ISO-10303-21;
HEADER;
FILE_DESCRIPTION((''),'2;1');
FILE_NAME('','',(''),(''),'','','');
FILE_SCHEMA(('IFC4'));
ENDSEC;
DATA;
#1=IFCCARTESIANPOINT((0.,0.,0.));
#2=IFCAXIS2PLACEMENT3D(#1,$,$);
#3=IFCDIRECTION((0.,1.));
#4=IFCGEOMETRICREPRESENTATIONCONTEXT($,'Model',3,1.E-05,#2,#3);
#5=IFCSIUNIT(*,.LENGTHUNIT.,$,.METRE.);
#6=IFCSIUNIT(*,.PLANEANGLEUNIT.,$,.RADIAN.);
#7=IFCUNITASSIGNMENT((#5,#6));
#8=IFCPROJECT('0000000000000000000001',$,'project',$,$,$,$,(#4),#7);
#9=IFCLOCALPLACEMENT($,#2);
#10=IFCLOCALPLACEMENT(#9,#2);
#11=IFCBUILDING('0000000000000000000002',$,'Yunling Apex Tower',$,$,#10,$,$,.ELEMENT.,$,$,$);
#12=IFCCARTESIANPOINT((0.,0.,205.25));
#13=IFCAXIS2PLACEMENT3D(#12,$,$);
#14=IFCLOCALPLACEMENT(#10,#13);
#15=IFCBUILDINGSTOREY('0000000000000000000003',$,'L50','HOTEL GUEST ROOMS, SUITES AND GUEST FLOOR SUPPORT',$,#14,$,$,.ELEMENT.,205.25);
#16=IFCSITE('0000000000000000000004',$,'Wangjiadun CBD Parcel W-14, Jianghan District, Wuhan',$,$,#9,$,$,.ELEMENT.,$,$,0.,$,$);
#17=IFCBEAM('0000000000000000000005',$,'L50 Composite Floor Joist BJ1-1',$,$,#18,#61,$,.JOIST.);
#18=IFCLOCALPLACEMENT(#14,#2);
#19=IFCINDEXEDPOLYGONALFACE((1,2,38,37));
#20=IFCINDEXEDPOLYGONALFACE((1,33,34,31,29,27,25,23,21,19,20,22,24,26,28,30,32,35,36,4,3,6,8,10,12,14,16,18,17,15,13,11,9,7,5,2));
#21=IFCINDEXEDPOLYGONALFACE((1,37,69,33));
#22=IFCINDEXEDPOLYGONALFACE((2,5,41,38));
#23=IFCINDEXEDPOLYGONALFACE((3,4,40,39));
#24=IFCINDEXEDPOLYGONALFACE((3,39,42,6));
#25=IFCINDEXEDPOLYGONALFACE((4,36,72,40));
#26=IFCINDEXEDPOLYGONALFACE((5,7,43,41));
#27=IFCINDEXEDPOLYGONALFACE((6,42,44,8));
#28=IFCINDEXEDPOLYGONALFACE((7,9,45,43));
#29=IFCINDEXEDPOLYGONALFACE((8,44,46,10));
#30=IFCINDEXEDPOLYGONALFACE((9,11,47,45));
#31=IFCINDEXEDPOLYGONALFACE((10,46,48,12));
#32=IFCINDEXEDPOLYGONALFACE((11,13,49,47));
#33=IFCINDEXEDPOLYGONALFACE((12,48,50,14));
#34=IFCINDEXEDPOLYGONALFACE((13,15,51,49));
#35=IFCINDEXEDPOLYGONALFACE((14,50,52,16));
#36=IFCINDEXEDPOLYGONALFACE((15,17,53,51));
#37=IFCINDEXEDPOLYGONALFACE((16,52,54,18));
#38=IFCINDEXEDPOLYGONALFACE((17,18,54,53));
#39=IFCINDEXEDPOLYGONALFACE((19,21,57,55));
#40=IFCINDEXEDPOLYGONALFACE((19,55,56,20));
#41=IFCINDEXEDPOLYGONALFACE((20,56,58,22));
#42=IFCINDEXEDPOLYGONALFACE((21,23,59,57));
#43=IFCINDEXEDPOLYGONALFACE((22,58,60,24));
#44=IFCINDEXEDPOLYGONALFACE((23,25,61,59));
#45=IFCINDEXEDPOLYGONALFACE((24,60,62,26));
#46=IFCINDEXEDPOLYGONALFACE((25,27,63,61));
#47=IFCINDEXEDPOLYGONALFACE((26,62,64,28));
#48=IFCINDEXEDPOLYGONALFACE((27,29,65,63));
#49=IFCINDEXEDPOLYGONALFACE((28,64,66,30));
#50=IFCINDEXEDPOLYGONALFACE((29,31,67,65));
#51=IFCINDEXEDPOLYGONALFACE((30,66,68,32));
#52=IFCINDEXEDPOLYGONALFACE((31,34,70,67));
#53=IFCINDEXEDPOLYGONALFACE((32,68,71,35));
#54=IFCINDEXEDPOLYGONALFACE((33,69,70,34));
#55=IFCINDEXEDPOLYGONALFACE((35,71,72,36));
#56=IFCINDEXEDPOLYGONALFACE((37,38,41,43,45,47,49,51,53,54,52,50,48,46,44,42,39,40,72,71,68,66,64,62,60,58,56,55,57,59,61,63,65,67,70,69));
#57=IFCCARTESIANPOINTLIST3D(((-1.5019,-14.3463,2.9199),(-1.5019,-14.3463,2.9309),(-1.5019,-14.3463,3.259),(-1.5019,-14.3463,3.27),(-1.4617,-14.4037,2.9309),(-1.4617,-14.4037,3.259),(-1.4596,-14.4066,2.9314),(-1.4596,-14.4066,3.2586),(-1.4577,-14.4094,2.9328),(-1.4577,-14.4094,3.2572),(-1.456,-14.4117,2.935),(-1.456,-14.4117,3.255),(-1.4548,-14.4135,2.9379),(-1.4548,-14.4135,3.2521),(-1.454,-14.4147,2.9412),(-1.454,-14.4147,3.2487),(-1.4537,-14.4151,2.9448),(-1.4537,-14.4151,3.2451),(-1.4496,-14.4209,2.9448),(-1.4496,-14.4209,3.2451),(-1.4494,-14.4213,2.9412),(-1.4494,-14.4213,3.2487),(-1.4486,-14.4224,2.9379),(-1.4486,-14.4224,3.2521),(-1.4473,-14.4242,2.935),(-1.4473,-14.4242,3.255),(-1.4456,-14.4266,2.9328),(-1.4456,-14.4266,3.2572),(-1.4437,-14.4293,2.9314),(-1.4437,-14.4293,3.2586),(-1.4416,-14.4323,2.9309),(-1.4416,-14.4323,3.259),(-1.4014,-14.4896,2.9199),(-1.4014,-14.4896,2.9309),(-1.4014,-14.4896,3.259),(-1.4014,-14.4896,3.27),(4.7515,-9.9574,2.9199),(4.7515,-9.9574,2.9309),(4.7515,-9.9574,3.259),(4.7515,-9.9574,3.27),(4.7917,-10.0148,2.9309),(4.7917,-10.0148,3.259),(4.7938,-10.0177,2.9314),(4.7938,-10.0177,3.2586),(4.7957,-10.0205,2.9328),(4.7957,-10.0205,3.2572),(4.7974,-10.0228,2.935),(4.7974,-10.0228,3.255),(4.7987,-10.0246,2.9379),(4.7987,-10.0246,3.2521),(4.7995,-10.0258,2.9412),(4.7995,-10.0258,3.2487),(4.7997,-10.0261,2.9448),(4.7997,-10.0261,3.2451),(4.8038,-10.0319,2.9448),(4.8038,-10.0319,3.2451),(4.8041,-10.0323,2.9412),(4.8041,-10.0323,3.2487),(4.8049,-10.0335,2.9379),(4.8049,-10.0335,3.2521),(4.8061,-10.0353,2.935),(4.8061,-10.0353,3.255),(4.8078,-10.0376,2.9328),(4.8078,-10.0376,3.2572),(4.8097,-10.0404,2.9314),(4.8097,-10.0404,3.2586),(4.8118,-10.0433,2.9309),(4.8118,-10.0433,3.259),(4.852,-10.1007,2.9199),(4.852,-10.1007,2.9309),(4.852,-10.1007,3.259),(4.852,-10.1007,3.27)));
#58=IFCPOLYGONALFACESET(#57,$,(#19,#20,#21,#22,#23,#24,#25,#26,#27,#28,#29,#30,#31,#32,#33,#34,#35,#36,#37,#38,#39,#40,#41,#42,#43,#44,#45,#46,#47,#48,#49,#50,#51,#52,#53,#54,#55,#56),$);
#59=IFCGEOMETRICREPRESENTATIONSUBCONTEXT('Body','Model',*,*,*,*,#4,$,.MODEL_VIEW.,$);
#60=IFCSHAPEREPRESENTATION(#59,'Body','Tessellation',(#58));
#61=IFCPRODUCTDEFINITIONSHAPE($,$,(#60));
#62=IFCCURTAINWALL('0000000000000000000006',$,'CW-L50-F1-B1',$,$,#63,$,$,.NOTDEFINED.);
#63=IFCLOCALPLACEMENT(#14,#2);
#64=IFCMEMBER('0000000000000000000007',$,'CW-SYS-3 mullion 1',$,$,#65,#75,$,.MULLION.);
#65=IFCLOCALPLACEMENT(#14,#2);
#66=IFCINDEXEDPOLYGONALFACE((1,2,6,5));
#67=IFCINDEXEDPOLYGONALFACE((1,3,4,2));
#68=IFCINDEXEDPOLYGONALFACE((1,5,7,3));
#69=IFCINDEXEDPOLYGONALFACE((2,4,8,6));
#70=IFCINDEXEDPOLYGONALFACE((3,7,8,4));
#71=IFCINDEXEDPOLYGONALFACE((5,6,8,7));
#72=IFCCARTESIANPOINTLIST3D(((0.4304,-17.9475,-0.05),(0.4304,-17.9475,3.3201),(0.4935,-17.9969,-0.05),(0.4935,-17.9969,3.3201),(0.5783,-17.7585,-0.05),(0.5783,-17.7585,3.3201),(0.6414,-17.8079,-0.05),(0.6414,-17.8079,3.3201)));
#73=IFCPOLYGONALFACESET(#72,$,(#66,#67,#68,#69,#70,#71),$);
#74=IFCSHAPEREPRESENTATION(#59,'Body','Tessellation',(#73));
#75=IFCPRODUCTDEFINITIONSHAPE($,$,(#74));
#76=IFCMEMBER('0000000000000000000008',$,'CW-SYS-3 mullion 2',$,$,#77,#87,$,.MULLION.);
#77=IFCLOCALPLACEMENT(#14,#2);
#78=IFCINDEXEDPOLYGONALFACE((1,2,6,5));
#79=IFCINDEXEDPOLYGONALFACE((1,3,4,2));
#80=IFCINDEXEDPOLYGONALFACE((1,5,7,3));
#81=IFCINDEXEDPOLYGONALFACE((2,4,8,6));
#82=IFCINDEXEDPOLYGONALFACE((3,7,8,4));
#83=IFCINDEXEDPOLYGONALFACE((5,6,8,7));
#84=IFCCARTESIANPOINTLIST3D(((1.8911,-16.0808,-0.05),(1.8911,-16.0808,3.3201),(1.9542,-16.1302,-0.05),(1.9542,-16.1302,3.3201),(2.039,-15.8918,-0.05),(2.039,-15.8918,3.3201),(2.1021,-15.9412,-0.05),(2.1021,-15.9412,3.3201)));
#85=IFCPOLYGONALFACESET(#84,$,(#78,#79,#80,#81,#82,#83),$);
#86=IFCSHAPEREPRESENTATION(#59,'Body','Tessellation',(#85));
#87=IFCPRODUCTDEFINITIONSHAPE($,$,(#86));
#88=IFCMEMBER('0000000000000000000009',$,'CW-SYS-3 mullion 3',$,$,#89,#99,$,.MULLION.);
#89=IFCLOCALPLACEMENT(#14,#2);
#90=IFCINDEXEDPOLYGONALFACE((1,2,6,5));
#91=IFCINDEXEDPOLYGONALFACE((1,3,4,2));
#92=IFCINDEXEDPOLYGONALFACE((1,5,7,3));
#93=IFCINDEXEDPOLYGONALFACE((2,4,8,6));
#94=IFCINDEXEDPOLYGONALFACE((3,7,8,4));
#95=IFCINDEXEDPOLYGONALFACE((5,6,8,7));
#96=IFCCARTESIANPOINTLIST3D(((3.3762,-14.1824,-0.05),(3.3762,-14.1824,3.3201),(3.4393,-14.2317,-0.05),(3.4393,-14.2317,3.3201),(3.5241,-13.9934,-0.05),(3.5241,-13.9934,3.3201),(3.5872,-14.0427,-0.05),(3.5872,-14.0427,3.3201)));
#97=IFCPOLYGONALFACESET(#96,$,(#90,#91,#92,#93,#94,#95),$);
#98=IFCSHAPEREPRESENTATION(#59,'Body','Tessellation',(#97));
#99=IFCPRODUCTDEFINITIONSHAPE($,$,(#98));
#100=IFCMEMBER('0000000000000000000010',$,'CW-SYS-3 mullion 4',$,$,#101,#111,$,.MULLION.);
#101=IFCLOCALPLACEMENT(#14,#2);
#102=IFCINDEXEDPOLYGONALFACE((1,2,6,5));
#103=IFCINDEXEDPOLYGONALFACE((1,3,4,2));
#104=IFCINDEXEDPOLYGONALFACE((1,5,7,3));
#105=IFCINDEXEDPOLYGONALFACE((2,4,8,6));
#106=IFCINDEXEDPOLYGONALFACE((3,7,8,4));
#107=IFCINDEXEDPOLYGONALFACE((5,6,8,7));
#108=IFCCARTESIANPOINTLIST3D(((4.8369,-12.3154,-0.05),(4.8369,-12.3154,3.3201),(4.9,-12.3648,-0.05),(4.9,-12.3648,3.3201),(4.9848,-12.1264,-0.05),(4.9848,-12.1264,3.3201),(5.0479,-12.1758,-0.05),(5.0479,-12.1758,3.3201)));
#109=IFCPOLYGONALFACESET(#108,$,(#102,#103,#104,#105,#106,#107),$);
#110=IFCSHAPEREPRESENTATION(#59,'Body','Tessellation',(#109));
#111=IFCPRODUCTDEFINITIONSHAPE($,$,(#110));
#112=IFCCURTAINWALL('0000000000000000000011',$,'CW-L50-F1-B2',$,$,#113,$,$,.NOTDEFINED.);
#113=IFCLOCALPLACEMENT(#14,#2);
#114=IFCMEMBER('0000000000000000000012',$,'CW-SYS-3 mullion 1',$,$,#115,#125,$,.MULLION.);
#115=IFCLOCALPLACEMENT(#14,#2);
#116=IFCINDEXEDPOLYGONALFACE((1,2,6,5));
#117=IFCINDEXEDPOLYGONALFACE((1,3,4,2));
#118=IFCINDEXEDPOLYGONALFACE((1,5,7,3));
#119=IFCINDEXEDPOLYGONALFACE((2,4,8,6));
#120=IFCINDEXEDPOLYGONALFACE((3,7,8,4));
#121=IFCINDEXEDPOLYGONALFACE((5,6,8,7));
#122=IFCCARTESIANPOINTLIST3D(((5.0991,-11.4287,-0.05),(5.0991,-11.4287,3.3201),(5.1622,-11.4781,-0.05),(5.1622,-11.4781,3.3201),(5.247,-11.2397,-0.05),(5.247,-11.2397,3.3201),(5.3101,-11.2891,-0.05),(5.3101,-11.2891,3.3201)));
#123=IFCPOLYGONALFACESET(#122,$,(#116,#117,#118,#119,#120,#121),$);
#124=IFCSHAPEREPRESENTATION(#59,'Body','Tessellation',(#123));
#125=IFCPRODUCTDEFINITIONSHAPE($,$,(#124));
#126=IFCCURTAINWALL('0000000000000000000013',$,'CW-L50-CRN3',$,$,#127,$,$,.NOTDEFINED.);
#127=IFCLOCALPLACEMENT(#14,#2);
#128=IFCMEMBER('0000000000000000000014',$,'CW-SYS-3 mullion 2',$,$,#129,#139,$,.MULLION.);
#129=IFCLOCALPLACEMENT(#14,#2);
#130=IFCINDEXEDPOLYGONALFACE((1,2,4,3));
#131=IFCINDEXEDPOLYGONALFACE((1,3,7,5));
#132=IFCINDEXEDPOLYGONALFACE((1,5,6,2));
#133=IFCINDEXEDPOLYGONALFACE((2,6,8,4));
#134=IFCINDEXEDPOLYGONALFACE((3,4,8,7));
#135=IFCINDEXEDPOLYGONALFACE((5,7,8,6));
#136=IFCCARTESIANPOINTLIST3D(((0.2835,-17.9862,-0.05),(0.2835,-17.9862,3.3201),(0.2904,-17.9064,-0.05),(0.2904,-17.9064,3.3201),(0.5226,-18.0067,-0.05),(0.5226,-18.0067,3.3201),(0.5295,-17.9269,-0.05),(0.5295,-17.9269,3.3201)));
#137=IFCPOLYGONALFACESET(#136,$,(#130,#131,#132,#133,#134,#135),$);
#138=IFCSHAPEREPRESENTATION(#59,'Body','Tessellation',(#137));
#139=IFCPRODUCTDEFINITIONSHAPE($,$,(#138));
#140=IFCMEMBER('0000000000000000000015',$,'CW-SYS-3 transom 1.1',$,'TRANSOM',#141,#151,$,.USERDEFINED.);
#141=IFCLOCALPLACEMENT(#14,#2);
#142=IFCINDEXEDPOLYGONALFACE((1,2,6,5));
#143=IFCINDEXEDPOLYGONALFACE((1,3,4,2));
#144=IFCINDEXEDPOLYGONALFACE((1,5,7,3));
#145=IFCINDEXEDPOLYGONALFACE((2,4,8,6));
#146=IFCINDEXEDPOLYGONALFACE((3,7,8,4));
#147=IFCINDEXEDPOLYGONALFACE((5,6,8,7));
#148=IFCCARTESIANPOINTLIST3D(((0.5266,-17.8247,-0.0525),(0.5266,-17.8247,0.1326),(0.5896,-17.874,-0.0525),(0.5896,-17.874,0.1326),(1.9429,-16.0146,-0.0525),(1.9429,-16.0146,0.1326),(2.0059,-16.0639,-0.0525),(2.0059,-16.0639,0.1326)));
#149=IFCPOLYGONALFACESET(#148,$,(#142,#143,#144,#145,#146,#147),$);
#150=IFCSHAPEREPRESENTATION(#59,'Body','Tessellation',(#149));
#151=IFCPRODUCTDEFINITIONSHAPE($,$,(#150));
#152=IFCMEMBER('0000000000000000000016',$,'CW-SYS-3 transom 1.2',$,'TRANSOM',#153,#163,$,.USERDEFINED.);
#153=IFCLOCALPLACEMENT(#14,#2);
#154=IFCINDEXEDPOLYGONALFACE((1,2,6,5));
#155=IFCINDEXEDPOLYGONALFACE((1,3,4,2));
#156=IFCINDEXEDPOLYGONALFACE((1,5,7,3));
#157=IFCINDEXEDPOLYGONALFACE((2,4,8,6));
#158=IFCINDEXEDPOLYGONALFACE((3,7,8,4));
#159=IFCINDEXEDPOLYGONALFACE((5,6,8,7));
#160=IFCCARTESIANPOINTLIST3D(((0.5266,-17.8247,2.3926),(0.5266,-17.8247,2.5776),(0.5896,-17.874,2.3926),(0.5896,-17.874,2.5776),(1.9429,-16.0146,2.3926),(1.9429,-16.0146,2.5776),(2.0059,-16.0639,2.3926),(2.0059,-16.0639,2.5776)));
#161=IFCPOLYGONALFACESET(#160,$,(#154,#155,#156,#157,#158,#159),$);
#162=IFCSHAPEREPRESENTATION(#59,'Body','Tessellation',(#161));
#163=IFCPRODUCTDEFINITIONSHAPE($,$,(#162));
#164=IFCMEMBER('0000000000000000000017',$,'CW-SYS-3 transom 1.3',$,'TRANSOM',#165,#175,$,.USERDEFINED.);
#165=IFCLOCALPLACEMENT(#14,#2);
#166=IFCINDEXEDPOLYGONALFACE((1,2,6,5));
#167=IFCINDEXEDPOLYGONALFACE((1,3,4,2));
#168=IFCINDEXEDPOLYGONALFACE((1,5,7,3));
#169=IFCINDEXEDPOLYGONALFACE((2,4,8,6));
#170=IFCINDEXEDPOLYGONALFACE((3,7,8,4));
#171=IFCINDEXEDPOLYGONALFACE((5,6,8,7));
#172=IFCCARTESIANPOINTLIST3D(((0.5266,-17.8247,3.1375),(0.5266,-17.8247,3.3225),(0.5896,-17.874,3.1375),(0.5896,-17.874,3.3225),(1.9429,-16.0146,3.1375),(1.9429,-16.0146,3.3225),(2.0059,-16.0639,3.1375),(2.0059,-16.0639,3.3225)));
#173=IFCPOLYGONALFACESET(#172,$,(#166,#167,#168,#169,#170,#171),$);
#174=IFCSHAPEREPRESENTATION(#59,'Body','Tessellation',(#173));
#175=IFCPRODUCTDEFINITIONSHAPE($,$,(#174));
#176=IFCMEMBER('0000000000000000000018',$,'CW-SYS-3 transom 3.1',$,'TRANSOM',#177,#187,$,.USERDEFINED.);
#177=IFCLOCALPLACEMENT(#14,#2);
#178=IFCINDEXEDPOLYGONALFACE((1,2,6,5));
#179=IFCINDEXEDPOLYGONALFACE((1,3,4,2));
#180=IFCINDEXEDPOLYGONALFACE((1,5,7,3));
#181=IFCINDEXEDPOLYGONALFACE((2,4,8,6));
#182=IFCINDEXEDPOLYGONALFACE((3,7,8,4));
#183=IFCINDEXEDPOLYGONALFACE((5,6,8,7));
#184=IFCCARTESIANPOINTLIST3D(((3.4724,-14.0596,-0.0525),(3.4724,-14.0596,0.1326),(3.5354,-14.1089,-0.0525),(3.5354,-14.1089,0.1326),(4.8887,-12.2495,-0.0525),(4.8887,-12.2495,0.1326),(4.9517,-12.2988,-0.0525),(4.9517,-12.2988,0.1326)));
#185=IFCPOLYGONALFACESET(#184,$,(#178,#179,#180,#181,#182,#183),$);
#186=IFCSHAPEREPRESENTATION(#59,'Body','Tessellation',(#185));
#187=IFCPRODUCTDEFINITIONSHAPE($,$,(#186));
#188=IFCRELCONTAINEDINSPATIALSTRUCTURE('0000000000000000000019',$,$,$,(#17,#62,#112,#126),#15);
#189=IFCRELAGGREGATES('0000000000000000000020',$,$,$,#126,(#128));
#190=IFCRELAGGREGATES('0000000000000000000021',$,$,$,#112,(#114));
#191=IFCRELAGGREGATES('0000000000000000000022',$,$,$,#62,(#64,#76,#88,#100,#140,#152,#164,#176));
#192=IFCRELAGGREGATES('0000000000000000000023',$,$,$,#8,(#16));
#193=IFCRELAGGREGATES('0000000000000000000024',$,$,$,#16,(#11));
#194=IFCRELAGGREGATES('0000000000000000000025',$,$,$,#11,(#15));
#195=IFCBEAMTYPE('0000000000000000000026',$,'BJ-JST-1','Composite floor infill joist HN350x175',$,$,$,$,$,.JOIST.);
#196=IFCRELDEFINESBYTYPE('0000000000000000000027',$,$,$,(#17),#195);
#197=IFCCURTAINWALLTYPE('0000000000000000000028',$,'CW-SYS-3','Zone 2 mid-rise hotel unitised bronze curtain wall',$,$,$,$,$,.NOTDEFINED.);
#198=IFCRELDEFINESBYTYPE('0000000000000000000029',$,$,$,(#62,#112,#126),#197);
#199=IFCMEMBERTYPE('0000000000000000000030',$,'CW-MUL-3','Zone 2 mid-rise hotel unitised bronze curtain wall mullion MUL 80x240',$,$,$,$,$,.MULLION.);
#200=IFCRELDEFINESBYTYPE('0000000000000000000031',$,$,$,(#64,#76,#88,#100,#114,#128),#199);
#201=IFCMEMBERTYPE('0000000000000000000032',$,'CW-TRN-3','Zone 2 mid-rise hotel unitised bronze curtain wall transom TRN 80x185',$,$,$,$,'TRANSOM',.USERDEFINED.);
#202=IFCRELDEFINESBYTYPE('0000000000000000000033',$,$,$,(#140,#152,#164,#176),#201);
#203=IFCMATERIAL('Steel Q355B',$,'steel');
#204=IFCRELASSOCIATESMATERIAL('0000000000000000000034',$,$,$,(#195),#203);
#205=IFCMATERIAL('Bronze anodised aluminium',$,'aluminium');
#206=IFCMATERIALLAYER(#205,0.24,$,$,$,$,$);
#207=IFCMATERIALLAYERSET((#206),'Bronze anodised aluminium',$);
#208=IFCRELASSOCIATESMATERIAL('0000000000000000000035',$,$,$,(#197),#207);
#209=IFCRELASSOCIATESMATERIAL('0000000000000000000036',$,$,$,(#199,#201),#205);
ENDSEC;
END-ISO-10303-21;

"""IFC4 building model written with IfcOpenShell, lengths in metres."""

from ifc_helpers import new_model, si_unit, direction, frame, origin, origin_2d, place, context, subcontext, project, spatial, rectangle, i_section, extrude, source, transform, mapped, material, layer, layer_set, material_profile, profile_set, type_object, element, aggregate, save


model = new_model("IFC4")

# Units and contexts
model_context = context("Model", 3, precision=1e-05, world=origin(), true_north=direction((0.0, 1.0)))
body_context = subcontext(model_context, "Body", "Model", "MODEL_VIEW")
ifc_project = project(units=[si_unit("LENGTHUNIT", "METRE"), si_unit("PLANEANGLEUNIT", "RADIAN")], contexts=[model_context])

# Site, building, storey
site_placement = place(None, origin())
site = spatial("IfcSite", under=ifc_project, at=site_placement, Name="Wangjiadun CBD Parcel W-14, Jianghan District, Wuhan", CompositionType="ELEMENT", RefElevation=0.0)
building_placement = place(site_placement, origin())
building = spatial("IfcBuilding", under=site, at=building_placement, Name="Yunling Apex Tower", CompositionType="ELEMENT")
storey_placement = place(building_placement, frame((0.0, 0.0, 205.25)))
storey = spatial("IfcBuildingStorey", under=building, at=storey_placement, Name="L50", Description="HOTEL GUEST ROOMS, SUITES AND GUEST FLOOR SUPPORT", CompositionType="ELEMENT", Elevation=205.25)

# Beam
ifc_material_1 = material(Name="Steel Q355B", Category="steel")
ifc_material_profile_1 = material_profile(ifc_material_1, i_section(OverallWidth=0.175, OverallDepth=0.3501, WebThickness=0.0071, FlangeThickness=0.011, FilletRadius=0.0139, at=origin_2d()))
ifc_profile_set_1 = profile_set([ifc_material_profile_1], Name="Steel Q355B")
beam_type_1 = type_object("IfcBeamType", Name="BJ-JST-1", Description="Composite floor infill joist HN350x175", PredefinedType="JOIST", material=ifc_profile_set_1)
shared_shape_1 = source(origin(), body_context, "Body", "SweptSolid", [
    extrude(i_section(OverallWidth=0.175, OverallDepth=0.3501, WebThickness=0.0071, FlangeThickness=0.011, FilletRadius=0.0139, at=origin_2d()), origin(), (0.0, 0.0, 1.0), 7.6399),
])
beam_1_placement = place(storey_placement, frame((-1.4517, -14.418, 3.095), z_axis=(0.818523, 0.574474, 0.0), x_axis=(-0.574474, 0.818523, 0.0)))
element("IfcBeam", 1, at=beam_1_placement, inside=storey, type_object=beam_type_1, Name="L50 Composite Floor Joist BJ1-1", PredefinedType="JOIST", context=body_context, shape_type="MappedRepresentation", body=[
    mapped(shared_shape_1, transform((0.0, 0.0, 0.0), scale=1.0)),
])

# Curtain wall, members
ifc_material_2 = material(Name="Bronze anodised aluminium", Category="aluminium")
ifc_layer_1 = layer(ifc_material_2, 0.24)
ifc_layer_set_1 = layer_set([ifc_layer_1], Name="Bronze anodised aluminium")
curtain_wall_type = type_object("IfcCurtainWallType", Name="CW-SYS-3", Description="Zone 2 mid-rise hotel unitised bronze curtain wall", PredefinedType="NOTDEFINED", material=ifc_layer_set_1)
curtain_wall_1_placement = place(storey_placement, origin())
curtain_wall_1 = element("IfcCurtainWall", 2, at=curtain_wall_1_placement, inside=storey, type_object=curtain_wall_type, Name="CW-L50-F1-B1", PredefinedType="NOTDEFINED")
ifc_material_profile_2 = material_profile(ifc_material_2, rectangle(XDim=0.0801, YDim=0.24, at=origin_2d()))
ifc_profile_set_2 = profile_set([ifc_material_profile_2], Name="Bronze anodised aluminium")
member_type_1 = type_object("IfcMemberType", Name="CW-MUL-3", Description="Zone 2 mid-rise hotel unitised bronze curtain wall mullion MUL 80x240", PredefinedType="MULLION", material=ifc_profile_set_2)
shared_shape_2 = source(origin(), body_context, "Body", "SweptSolid", [
    extrude(rectangle(XDim=0.0801, YDim=0.24, at=origin_2d()), origin(), (0.0, 0.0, 1.0), 3.3701),
])
member_1_placement = place(storey_placement, frame((0.5359, -17.8777, -0.05), z_axis=(0.0, 0.0, 1.0), x_axis=(-0.787589, 0.6162, 0.0)))
member_1 = element("IfcMember", 3, at=member_1_placement, type_object=member_type_1, Name="CW-SYS-3 mullion 1", PredefinedType="MULLION", context=body_context, shape_type="MappedRepresentation", body=[
    mapped(shared_shape_2, transform((0.0, 0.0, 0.0), scale=1.0)),
])
member_2_placement = place(storey_placement, frame((1.9966, -16.011, -0.05), z_axis=(0.0, 0.0, 1.0), x_axis=(-0.787589, 0.6162, 0.0)))
member_2 = element("IfcMember", 4, at=member_2_placement, type_object=member_type_1, Name="CW-SYS-3 mullion 2", PredefinedType="MULLION", context=body_context, shape_type="MappedRepresentation", body=[
    mapped(shared_shape_2, transform((0.0, 0.0, 0.0), scale=1.0)),
])
member_3_placement = place(storey_placement, frame((3.4817, -14.1125, -0.05), z_axis=(0.0, 0.0, 1.0), x_axis=(-0.787589, 0.6162, 0.0)))
member_3 = element("IfcMember", 5, at=member_3_placement, type_object=member_type_1, Name="CW-SYS-3 mullion 3", PredefinedType="MULLION", context=body_context, shape_type="MappedRepresentation", body=[
    mapped(shared_shape_2, transform((0.0, 0.0, 0.0), scale=1.0)),
])
member_4_placement = place(storey_placement, frame((4.9424, -12.2456, -0.05), z_axis=(0.0, 0.0, 1.0), x_axis=(-0.787589, 0.6162, 0.0)))
member_4 = element("IfcMember", 6, at=member_4_placement, type_object=member_type_1, Name="CW-SYS-3 mullion 4", PredefinedType="MULLION", context=body_context, shape_type="MappedRepresentation", body=[
    mapped(shared_shape_2, transform((0.0, 0.0, 0.0), scale=1.0)),
])

# Curtain walls, members
curtain_wall_2_placement = place(storey_placement, origin())
curtain_wall_2 = element("IfcCurtainWall", 7, at=curtain_wall_2_placement, inside=storey, type_object=curtain_wall_type, Name="CW-L50-F1-B2", PredefinedType="NOTDEFINED")
member_5_placement = place(storey_placement, frame((5.2046, -11.3589, -0.05), z_axis=(0.0, 0.0, 1.0), x_axis=(-0.787576, 0.616217, 0.0)))
member_5 = element("IfcMember", 8, at=member_5_placement, type_object=member_type_1, Name="CW-SYS-3 mullion 1", PredefinedType="MULLION", context=body_context, shape_type="MappedRepresentation", body=[
    mapped(shared_shape_2, transform((0.0, 0.0, 0.0), scale=1.0)),
])
curtain_wall_3_placement = place(storey_placement, origin())
curtain_wall_3 = element("IfcCurtainWall", 9, at=curtain_wall_3_placement, inside=storey, type_object=curtain_wall_type, Name="CW-L50-CRN3", PredefinedType="NOTDEFINED")
member_6_placement = place(storey_placement, frame((0.4065, -17.9565, -0.05), z_axis=(0.0, 0.0, 1.0), x_axis=(0.085517, 0.996337, 0.0)))
member_6 = element("IfcMember", 10, at=member_6_placement, type_object=member_type_1, Name="CW-SYS-3 mullion 2", PredefinedType="MULLION", context=body_context, shape_type="MappedRepresentation", body=[
    mapped(shared_shape_2, transform((0.0, 0.0, 0.0), scale=1.0)),
])
aggregate(curtain_wall_3, [member_6])

# Members
ifc_material_profile_3 = material_profile(ifc_material_2, rectangle(XDim=0.0801, YDim=0.1851, at=origin_2d()))
ifc_profile_set_3 = profile_set([ifc_material_profile_3], Name="Bronze anodised aluminium")
member_type_2 = type_object("IfcMemberType", Name="CW-TRN-3", Description="Zone 2 mid-rise hotel unitised bronze curtain wall transom TRN 80x185", ElementType="TRANSOM", PredefinedType="USERDEFINED", material=ifc_profile_set_3)
shared_shape_3 = source(origin(), body_context, "Body", "SweptSolid", [
    extrude(rectangle(XDim=0.0801, YDim=0.1851, at=origin_2d()), origin(), (0.0, 0.0, 1.0), 2.2983),
])
member_7_placement = place(storey_placement, frame((0.5581, -17.8494, 0.04), z_axis=(0.616225, 0.78757, 0.0), x_axis=(-0.78757, 0.616225, 0.0)))
member_7 = element("IfcMember", 11, at=member_7_placement, type_object=member_type_2, Name="CW-SYS-3 transom 1.1", ObjectType="TRANSOM", PredefinedType="USERDEFINED", context=body_context, shape_type="MappedRepresentation", body=[
    mapped(shared_shape_3, transform((0.0, 0.0, 0.0), scale=1.0)),
])
member_8_placement = place(storey_placement, frame((0.5581, -17.8494, 2.4851), z_axis=(0.616225, 0.78757, 0.0), x_axis=(-0.78757, 0.616225, 0.0)))
member_8 = element("IfcMember", 12, at=member_8_placement, type_object=member_type_2, Name="CW-SYS-3 transom 1.2", ObjectType="TRANSOM", PredefinedType="USERDEFINED", context=body_context, shape_type="MappedRepresentation", body=[
    mapped(shared_shape_3, transform((0.0, 0.0, 0.0), scale=1.0)),
])
member_9_placement = place(storey_placement, frame((0.5581, -17.8494, 3.23), z_axis=(0.616225, 0.78757, 0.0), x_axis=(-0.78757, 0.616225, 0.0)))
member_9 = element("IfcMember", 13, at=member_9_placement, type_object=member_type_2, Name="CW-SYS-3 transom 1.3", ObjectType="TRANSOM", PredefinedType="USERDEFINED", context=body_context, shape_type="MappedRepresentation", body=[
    mapped(shared_shape_3, transform((0.0, 0.0, 0.0), scale=1.0)),
])
member_10_placement = place(storey_placement, frame((3.5039, -14.0842, 0.04), z_axis=(0.616225, 0.78757, 0.0), x_axis=(-0.78757, 0.616225, 0.0)))
member_10 = element("IfcMember", 14, at=member_10_placement, type_object=member_type_2, Name="CW-SYS-3 transom 3.1", ObjectType="TRANSOM", PredefinedType="USERDEFINED", context=body_context, shape_type="MappedRepresentation", body=[
    mapped(shared_shape_3, transform((0.0, 0.0, 0.0), scale=1.0)),
])
aggregate(curtain_wall_2, [member_5])

aggregate(curtain_wall_1, [member_1, member_2, member_3, member_4, member_7, member_8, member_9, member_10])

save(model, "model.ifc")
